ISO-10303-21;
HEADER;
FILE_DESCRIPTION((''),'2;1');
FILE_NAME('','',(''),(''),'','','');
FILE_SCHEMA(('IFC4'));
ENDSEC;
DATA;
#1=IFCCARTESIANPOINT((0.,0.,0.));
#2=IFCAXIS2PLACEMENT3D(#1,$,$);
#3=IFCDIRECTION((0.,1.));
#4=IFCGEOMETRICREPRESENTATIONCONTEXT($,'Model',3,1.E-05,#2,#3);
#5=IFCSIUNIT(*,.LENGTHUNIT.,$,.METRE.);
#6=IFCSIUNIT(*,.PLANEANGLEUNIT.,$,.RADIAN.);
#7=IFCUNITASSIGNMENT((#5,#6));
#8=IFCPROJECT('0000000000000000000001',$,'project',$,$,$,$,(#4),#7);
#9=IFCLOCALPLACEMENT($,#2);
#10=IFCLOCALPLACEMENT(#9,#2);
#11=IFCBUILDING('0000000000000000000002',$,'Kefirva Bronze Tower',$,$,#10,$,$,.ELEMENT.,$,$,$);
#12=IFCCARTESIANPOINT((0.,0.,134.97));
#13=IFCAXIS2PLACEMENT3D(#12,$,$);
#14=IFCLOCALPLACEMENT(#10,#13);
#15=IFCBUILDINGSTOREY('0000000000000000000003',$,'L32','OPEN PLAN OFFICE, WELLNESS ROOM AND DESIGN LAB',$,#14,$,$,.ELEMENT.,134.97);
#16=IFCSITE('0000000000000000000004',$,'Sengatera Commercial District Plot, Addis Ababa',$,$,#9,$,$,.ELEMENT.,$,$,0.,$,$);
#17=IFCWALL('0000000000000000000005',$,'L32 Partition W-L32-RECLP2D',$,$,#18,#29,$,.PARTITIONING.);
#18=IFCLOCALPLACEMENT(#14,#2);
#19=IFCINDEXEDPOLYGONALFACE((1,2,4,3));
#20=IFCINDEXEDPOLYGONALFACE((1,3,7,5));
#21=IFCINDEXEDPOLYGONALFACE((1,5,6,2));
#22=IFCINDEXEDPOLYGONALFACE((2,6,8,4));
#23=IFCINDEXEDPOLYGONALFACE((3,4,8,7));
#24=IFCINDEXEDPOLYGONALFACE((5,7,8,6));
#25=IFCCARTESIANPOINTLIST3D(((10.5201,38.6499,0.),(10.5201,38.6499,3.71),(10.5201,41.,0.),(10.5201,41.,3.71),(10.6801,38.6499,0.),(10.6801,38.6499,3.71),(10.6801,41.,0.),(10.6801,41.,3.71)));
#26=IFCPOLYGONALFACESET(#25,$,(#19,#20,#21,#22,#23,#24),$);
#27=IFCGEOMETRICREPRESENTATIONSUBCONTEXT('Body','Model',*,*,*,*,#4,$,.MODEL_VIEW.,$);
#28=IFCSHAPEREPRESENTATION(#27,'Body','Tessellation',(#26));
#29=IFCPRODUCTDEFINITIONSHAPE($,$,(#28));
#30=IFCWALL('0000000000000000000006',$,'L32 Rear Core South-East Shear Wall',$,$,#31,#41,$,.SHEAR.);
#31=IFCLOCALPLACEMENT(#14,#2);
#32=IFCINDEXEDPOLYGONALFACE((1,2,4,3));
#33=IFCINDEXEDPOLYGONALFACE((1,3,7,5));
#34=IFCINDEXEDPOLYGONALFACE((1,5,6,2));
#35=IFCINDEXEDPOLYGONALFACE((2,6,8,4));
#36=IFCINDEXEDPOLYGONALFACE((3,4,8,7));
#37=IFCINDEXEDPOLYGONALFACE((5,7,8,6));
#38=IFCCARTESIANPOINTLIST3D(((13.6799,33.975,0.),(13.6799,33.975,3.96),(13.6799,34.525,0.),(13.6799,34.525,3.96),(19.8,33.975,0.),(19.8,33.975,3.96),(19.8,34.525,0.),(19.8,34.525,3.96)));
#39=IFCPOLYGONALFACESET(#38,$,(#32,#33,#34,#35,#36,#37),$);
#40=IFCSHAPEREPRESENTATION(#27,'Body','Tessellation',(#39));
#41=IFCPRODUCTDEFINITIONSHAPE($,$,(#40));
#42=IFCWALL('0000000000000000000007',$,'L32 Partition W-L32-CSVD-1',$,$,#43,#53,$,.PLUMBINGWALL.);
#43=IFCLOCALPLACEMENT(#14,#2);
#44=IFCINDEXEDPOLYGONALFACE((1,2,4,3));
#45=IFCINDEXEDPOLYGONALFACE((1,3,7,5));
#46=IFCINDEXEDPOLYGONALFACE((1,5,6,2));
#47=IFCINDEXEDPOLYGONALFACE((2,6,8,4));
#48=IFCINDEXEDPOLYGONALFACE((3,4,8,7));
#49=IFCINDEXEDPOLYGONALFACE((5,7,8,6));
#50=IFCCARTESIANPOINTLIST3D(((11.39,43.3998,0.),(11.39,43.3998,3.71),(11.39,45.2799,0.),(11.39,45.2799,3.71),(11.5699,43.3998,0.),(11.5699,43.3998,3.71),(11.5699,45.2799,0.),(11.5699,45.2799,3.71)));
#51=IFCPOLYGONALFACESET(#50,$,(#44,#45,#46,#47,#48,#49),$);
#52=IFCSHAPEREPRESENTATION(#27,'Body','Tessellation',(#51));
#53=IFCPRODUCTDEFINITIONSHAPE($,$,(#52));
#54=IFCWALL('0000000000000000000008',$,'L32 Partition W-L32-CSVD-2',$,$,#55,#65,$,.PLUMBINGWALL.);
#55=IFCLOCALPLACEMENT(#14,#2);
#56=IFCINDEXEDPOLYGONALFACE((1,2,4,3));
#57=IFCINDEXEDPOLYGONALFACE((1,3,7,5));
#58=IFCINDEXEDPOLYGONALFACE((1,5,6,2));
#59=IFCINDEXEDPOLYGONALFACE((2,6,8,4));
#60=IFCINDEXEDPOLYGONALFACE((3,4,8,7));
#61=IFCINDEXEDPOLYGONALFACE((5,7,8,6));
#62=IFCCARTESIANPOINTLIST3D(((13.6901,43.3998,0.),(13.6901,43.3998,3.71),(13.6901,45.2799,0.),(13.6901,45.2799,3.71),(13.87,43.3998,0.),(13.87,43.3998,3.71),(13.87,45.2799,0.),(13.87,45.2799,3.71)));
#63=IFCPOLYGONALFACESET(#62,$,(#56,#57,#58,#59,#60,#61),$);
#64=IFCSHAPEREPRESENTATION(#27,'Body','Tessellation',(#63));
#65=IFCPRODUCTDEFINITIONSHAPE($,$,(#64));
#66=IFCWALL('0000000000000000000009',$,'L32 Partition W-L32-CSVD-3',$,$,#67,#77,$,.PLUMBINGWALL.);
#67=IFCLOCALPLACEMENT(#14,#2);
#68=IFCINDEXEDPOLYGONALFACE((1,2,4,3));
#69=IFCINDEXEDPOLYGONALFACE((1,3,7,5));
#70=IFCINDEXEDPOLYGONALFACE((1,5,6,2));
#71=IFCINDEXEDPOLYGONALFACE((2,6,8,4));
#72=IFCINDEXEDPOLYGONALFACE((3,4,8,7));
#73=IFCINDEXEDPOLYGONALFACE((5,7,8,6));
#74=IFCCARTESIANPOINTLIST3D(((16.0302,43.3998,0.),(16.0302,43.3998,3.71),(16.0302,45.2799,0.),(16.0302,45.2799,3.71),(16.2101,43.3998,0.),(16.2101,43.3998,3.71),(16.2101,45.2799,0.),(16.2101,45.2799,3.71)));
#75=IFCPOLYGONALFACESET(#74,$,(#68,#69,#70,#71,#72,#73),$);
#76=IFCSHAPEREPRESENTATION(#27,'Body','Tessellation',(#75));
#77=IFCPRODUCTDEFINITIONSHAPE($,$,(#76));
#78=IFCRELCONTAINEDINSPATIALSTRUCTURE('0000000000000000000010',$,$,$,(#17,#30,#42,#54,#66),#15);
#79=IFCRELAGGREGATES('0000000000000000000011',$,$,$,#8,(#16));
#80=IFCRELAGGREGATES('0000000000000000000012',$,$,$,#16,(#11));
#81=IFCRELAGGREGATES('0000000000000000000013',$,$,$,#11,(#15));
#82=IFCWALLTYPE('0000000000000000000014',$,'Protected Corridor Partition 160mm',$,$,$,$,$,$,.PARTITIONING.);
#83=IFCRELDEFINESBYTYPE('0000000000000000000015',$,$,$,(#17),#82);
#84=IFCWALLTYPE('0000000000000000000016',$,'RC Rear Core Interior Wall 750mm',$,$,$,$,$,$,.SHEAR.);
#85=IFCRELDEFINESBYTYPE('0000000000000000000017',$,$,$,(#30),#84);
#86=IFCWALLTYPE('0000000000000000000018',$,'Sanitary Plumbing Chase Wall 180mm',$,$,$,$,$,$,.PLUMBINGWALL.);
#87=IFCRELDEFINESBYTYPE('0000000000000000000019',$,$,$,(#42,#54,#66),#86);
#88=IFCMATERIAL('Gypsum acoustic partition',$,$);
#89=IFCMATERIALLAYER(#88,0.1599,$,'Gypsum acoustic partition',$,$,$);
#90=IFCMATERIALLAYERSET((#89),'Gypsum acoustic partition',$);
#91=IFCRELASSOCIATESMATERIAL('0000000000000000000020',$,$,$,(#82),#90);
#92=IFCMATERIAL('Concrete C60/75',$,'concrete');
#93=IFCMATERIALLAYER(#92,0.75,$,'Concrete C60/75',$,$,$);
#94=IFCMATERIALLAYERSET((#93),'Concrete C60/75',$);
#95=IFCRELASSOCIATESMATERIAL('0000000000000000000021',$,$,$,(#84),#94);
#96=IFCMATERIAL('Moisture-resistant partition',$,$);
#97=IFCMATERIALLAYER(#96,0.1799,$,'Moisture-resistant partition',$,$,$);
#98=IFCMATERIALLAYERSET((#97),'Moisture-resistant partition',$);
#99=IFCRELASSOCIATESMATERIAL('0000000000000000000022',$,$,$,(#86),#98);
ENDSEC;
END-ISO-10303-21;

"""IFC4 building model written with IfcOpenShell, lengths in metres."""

from ifc_helpers import new_model, si_unit, direction, frame, frame_2d, origin, place, context, subcontext, project, spatial, rectangle, extrude, material, layer, layer_set, type_object, element, save


model = new_model("IFC4")

# Units and contexts
model_context = context("Model", 3, precision=1e-05, world=origin(), true_north=direction((0.0, 1.0)))
body_context = subcontext(model_context, "Body", "Model", "MODEL_VIEW")
ifc_project = project(units=[si_unit("LENGTHUNIT", "METRE"), si_unit("PLANEANGLEUNIT", "RADIAN")], contexts=[model_context])

# Site, building, storey
site_placement = place(None, origin())
site = spatial("IfcSite", under=ifc_project, at=site_placement, Name="Sengatera Commercial District Plot, Addis Ababa", CompositionType="ELEMENT", RefElevation=0.0)
building_placement = place(site_placement, origin())
building = spatial("IfcBuilding", under=site, at=building_placement, Name="Kefirva Bronze Tower", CompositionType="ELEMENT")
storey_placement = place(building_placement, frame((0.0, 0.0, 134.97)))
storey = spatial("IfcBuildingStorey", under=building, at=storey_placement, Name="L32", Description="OPEN PLAN OFFICE, WELLNESS ROOM AND DESIGN LAB", CompositionType="ELEMENT", Elevation=134.97)

# Shared definitions
ifc_material_1 = material(Name="Concrete C60/75", Category="concrete")

# Shared definitions
ifc_material_2 = material(Name="Gypsum acoustic partition")
ifc_layer_1 = layer(ifc_material_2, 0.1599, Name="Gypsum acoustic partition")
ifc_layer_set_1 = layer_set([ifc_layer_1], Name="Gypsum acoustic partition")
wall_type_1 = type_object("IfcWallType", Name="Protected Corridor Partition 160mm", PredefinedType="PARTITIONING", material=ifc_layer_set_1)

# Walls
wall_1_placement = place(storey_placement, frame((10.6001, 38.6499, 0.0), z_axis=(0.0, 0.0, 1.0), x_axis=(0.0, 1.0, 0.0)))
element("IfcWall", 1, at=wall_1_placement, inside=storey, type_object=wall_type_1, Name="L32 Partition W-L32-RECLP2D", PredefinedType="PARTITIONING", context=body_context, shape_type="SweptSolid", body=[
    extrude(rectangle(XDim=2.3501, YDim=0.1599, at=frame_2d((1.175, 0.0))), origin(), (0.0, 0.0, 1.0), 3.71),
])
ifc_layer_2 = layer(ifc_material_1, 0.75, Name="Concrete C60/75")
ifc_layer_set_2 = layer_set([ifc_layer_2], Name="Concrete C60/75")
wall_type_2 = type_object("IfcWallType", Name="RC Rear Core Interior Wall 750mm", PredefinedType="SHEAR", material=ifc_layer_set_2)
wall_2_placement = place(storey_placement, frame((13.6799, 34.25, 0.0), z_axis=(0.0, 0.0, 1.0), x_axis=(1.0, 0.0, 0.0)))
element("IfcWall", 2, at=wall_2_placement, inside=storey, type_object=wall_type_2, Name="L32 Rear Core South-East Shear Wall", PredefinedType="SHEAR", context=body_context, shape_type="SweptSolid", body=[
    extrude(rectangle(XDim=6.1201, YDim=0.55, at=frame_2d((3.0601, 0.0))), origin(), (0.0, 0.0, 1.0), 3.96),
])
ifc_material_3 = material(Name="Moisture-resistant partition")
ifc_layer_3 = layer(ifc_material_3, 0.1799, Name="Moisture-resistant partition")
ifc_layer_set_3 = layer_set([ifc_layer_3], Name="Moisture-resistant partition")
wall_type_3 = type_object("IfcWallType", Name="Sanitary Plumbing Chase Wall 180mm", PredefinedType="PLUMBINGWALL", material=ifc_layer_set_3)
for number, where, z_axis, x_axis, name in (
    (3, (11.48, 43.3999, 0.0), (0.0, 0.0, 1.0), (0.0, 1.0, 0.0), "L32 Partition W-L32-CSVD-1"),
    (4, (13.78, 43.3999, 0.0), (0.0, 0.0, 1.0), (0.0, 1.0, 0.0), "L32 Partition W-L32-CSVD-2"),
    (5, (16.1201, 43.3999, 0.0), (0.0, 0.0, 1.0), (0.0, 1.0, 0.0), "L32 Partition W-L32-CSVD-3"),
):
    element("IfcWall", number, at=place(storey_placement, frame(where, z_axis=z_axis, x_axis=x_axis)), inside=storey, type_object=wall_type_3, Name=name, PredefinedType="PLUMBINGWALL", context=body_context, shape_type="SweptSolid", body=[
        extrude(rectangle(XDim=1.8801, YDim=0.1799, at=frame_2d((0.9399, 0.0))), origin(), (0.0, 0.0, 1.0), 3.71),
    ])

save(model, "model.ifc")
